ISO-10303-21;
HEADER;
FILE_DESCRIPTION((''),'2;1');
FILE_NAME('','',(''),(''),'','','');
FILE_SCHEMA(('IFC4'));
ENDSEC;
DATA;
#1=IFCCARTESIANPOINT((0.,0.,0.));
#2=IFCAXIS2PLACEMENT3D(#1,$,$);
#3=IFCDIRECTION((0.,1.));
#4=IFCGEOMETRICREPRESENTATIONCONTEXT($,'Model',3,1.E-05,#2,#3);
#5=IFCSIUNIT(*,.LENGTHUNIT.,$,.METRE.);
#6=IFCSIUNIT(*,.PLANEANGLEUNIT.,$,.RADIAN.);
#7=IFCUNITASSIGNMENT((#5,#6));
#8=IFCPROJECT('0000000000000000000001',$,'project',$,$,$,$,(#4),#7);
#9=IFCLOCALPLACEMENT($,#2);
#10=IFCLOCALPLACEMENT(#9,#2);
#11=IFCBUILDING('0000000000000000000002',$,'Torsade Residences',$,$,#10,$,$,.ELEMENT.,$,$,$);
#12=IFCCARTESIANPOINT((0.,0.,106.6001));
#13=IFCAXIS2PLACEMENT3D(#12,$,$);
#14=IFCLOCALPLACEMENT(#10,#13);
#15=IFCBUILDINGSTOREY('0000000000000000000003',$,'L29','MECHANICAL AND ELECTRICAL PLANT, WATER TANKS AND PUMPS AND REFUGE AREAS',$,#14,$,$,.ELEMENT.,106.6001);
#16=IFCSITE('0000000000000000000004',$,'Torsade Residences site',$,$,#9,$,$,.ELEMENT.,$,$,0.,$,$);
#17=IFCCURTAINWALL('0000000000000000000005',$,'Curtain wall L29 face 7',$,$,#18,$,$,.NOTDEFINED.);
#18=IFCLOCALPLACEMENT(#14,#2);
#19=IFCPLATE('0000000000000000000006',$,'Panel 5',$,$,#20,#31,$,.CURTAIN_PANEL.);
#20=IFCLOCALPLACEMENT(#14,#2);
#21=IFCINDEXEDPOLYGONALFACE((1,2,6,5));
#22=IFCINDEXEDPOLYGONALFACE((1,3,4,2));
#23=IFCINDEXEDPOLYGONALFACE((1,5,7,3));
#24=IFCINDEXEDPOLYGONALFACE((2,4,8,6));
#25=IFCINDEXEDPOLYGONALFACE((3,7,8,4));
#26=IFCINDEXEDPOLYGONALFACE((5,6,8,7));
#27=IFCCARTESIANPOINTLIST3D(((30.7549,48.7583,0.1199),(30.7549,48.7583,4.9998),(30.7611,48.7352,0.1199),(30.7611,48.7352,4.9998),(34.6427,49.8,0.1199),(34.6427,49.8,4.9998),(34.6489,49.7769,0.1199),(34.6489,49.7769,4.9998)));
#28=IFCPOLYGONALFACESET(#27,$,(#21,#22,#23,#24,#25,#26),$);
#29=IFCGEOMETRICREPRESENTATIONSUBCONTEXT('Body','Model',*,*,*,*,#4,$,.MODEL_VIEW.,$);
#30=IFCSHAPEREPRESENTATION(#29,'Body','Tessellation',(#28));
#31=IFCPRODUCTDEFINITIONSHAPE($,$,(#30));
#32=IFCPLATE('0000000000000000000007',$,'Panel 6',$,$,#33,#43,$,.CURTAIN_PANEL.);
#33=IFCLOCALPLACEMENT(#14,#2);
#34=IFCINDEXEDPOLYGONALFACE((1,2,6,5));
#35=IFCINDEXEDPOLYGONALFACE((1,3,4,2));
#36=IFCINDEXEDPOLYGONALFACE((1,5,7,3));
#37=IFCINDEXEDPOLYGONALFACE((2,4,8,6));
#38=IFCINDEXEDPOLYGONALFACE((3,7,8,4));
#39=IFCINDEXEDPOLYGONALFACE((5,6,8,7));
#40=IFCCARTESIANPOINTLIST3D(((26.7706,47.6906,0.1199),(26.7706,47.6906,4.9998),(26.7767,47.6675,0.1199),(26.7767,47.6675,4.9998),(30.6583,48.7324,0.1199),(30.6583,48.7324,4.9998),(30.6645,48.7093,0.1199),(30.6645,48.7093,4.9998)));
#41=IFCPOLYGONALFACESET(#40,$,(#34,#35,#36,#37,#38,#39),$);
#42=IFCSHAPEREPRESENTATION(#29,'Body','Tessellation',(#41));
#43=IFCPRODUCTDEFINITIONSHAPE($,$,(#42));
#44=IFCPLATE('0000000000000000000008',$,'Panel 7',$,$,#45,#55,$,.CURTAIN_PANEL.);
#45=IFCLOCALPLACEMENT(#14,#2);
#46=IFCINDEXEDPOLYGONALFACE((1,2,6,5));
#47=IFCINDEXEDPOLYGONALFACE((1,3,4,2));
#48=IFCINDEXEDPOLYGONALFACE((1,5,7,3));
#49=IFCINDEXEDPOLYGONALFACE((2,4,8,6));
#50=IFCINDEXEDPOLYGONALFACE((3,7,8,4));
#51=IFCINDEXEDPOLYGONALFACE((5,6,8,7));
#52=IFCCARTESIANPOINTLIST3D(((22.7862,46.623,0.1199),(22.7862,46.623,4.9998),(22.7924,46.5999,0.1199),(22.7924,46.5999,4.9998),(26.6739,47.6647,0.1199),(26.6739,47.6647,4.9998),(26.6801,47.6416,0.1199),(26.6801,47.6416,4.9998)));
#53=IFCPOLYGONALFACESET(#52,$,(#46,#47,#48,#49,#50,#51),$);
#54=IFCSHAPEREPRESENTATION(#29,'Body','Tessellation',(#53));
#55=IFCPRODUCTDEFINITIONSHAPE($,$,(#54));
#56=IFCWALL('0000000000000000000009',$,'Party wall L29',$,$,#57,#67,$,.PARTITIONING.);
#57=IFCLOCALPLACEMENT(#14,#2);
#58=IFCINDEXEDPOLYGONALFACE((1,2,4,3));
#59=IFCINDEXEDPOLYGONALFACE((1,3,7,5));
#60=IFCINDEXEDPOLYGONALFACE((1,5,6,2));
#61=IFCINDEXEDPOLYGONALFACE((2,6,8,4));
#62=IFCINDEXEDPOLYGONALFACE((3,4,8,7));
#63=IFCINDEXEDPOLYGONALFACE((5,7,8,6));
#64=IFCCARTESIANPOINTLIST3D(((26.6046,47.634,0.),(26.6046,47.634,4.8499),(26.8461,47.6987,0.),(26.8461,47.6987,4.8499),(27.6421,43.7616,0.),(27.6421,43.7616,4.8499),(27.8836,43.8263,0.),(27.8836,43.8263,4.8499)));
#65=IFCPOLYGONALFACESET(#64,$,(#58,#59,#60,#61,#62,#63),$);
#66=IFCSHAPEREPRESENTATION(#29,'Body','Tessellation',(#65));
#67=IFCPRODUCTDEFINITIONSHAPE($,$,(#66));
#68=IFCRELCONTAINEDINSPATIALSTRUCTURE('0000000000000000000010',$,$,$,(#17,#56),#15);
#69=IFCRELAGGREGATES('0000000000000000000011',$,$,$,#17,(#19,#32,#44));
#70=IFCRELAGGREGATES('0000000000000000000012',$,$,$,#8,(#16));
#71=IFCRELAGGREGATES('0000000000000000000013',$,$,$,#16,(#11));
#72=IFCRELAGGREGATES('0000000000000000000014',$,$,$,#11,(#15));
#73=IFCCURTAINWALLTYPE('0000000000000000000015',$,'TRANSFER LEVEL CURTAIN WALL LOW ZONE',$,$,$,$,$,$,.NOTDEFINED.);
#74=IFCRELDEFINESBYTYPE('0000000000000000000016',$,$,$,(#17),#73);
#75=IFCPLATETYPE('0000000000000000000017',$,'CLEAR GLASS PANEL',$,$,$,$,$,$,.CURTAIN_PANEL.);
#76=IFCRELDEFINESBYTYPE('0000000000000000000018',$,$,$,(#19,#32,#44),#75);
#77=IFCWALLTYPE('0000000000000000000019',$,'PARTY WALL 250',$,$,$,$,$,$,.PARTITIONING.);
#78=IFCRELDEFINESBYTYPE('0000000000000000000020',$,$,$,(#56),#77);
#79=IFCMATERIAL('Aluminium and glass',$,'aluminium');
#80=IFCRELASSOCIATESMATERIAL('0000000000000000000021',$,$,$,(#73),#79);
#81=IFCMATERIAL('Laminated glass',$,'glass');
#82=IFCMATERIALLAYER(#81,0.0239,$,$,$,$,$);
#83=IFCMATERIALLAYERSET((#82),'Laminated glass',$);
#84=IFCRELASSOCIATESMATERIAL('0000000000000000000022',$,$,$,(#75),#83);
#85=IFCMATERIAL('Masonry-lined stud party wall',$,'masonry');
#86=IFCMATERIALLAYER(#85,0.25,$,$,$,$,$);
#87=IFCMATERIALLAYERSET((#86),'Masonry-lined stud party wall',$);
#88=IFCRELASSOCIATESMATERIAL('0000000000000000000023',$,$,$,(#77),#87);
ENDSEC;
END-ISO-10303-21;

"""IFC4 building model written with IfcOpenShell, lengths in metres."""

from ifc_helpers import new_model, si_unit, direction, frame, frame_2d, origin, origin_2d, place, context, subcontext, project, spatial, rectangle, extrude, material, layer, layer_set, type_object, element, aggregate, save


model = new_model("IFC4")

# Units and contexts
model_context = context("Model", 3, precision=1e-05, world=origin(), true_north=direction((0.0, 1.0)))
body_context = subcontext(model_context, "Body", "Model", "MODEL_VIEW")
ifc_project = project(units=[si_unit("LENGTHUNIT", "METRE"), si_unit("PLANEANGLEUNIT", "RADIAN")], contexts=[model_context])

# Site, building, storey
site_placement = place(None, origin())
site = spatial("IfcSite", under=ifc_project, at=site_placement, Name="Torsade Residences site", CompositionType="ELEMENT", RefElevation=0.0)
building_placement = place(site_placement, origin())
building = spatial("IfcBuilding", under=site, at=building_placement, Name="Torsade Residences", CompositionType="ELEMENT")
storey_placement = place(building_placement, frame((0.0, 0.0, 106.6001)))
storey = spatial("IfcBuildingStorey", under=building, at=storey_placement, Name="L29", Description="MECHANICAL AND ELECTRICAL PLANT, WATER TANKS AND PUMPS AND REFUGE AREAS", CompositionType="ELEMENT", Elevation=106.6001)

# Curtain wall
ifc_material_1 = material(Name="Aluminium and glass", Category="aluminium")
curtain_wall_type = type_object("IfcCurtainWallType", Name="TRANSFER LEVEL CURTAIN WALL LOW ZONE", PredefinedType="NOTDEFINED", material=ifc_material_1)
curtain_wall_placement = place(storey_placement, origin())
curtain_wall = element("IfcCurtainWall", 1, at=curtain_wall_placement, inside=storey, type_object=curtain_wall_type, Name="Curtain wall L29 face 7", PredefinedType="NOTDEFINED")

# Plates
ifc_material_2 = material(Name="Laminated glass", Category="glass")
ifc_layer_1 = layer(ifc_material_2, 0.0239)
ifc_layer_set_1 = layer_set([ifc_layer_1], Name="Laminated glass")
plate_type = type_object("IfcPlateType", Name="CLEAR GLASS PANEL", PredefinedType="CURTAIN_PANEL", material=ifc_layer_set_1)
plate_1_placement = place(storey_placement, frame((32.7019, 49.2676, 0.1199), z_axis=(0.0, 0.0, 1.0), x_axis=(-0.965926, -0.258819, 0.0)))
plate_1 = element("IfcPlate", 2, at=plate_1_placement, type_object=plate_type, Name="Panel 5", PredefinedType="CURTAIN_PANEL", context=body_context, shape_type="SweptSolid", body=[
    extrude(rectangle(XDim=4.0249, YDim=0.0239, at=origin_2d()), origin(), (0.0, 0.0, 1.0), 4.8799),
])
plate_2_placement = place(storey_placement, frame((28.7175, 48.2, 0.1199), z_axis=(0.0, 0.0, 1.0), x_axis=(-0.965926, -0.258819, 0.0)))
plate_2 = element("IfcPlate", 3, at=plate_2_placement, type_object=plate_type, Name="Panel 6", PredefinedType="CURTAIN_PANEL", context=body_context, shape_type="SweptSolid", body=[
    extrude(rectangle(XDim=4.0249, YDim=0.0239, at=origin_2d()), origin(), (0.0, 0.0, 1.0), 4.8799),
])
plate_3_placement = place(storey_placement, frame((24.7332, 47.1323, 0.1199), z_axis=(0.0, 0.0, 1.0), x_axis=(-0.965926, -0.258819, 0.0)))
plate_3 = element("IfcPlate", 4, at=plate_3_placement, type_object=plate_type, Name="Panel 7", PredefinedType="CURTAIN_PANEL", context=body_context, shape_type="SweptSolid", body=[
    extrude(rectangle(XDim=4.0249, YDim=0.0239, at=origin_2d()), origin(), (0.0, 0.0, 1.0), 4.8799),
])
aggregate(curtain_wall, [plate_1, plate_2, plate_3])

# Wall
ifc_material_3 = material(Name="Masonry-lined stud party wall", Category="masonry")
ifc_layer_2 = layer(ifc_material_3, 0.25)
ifc_layer_set_2 = layer_set([ifc_layer_2], Name="Masonry-lined stud party wall")
wall_type = type_object("IfcWallType", Name="PARTY WALL 250", PredefinedType="PARTITIONING", material=ifc_layer_set_2)
wall_placement = place(storey_placement, frame((26.7253, 47.6663, 0.0), z_axis=(0.0, 0.0, 1.0), x_axis=(0.258807, -0.965929, 0.0)))
element("IfcWall", 5, at=wall_placement, inside=storey, type_object=wall_type, Name="Party wall L29", PredefinedType="PARTITIONING", context=body_context, shape_type="SweptSolid", body=[
    extrude(rectangle(XDim=4.009, YDim=0.25, at=frame_2d((2.0044, 0.0))), origin(), (0.0, 0.0, 1.0), 4.8499),
])

save(model, "model.ifc")
